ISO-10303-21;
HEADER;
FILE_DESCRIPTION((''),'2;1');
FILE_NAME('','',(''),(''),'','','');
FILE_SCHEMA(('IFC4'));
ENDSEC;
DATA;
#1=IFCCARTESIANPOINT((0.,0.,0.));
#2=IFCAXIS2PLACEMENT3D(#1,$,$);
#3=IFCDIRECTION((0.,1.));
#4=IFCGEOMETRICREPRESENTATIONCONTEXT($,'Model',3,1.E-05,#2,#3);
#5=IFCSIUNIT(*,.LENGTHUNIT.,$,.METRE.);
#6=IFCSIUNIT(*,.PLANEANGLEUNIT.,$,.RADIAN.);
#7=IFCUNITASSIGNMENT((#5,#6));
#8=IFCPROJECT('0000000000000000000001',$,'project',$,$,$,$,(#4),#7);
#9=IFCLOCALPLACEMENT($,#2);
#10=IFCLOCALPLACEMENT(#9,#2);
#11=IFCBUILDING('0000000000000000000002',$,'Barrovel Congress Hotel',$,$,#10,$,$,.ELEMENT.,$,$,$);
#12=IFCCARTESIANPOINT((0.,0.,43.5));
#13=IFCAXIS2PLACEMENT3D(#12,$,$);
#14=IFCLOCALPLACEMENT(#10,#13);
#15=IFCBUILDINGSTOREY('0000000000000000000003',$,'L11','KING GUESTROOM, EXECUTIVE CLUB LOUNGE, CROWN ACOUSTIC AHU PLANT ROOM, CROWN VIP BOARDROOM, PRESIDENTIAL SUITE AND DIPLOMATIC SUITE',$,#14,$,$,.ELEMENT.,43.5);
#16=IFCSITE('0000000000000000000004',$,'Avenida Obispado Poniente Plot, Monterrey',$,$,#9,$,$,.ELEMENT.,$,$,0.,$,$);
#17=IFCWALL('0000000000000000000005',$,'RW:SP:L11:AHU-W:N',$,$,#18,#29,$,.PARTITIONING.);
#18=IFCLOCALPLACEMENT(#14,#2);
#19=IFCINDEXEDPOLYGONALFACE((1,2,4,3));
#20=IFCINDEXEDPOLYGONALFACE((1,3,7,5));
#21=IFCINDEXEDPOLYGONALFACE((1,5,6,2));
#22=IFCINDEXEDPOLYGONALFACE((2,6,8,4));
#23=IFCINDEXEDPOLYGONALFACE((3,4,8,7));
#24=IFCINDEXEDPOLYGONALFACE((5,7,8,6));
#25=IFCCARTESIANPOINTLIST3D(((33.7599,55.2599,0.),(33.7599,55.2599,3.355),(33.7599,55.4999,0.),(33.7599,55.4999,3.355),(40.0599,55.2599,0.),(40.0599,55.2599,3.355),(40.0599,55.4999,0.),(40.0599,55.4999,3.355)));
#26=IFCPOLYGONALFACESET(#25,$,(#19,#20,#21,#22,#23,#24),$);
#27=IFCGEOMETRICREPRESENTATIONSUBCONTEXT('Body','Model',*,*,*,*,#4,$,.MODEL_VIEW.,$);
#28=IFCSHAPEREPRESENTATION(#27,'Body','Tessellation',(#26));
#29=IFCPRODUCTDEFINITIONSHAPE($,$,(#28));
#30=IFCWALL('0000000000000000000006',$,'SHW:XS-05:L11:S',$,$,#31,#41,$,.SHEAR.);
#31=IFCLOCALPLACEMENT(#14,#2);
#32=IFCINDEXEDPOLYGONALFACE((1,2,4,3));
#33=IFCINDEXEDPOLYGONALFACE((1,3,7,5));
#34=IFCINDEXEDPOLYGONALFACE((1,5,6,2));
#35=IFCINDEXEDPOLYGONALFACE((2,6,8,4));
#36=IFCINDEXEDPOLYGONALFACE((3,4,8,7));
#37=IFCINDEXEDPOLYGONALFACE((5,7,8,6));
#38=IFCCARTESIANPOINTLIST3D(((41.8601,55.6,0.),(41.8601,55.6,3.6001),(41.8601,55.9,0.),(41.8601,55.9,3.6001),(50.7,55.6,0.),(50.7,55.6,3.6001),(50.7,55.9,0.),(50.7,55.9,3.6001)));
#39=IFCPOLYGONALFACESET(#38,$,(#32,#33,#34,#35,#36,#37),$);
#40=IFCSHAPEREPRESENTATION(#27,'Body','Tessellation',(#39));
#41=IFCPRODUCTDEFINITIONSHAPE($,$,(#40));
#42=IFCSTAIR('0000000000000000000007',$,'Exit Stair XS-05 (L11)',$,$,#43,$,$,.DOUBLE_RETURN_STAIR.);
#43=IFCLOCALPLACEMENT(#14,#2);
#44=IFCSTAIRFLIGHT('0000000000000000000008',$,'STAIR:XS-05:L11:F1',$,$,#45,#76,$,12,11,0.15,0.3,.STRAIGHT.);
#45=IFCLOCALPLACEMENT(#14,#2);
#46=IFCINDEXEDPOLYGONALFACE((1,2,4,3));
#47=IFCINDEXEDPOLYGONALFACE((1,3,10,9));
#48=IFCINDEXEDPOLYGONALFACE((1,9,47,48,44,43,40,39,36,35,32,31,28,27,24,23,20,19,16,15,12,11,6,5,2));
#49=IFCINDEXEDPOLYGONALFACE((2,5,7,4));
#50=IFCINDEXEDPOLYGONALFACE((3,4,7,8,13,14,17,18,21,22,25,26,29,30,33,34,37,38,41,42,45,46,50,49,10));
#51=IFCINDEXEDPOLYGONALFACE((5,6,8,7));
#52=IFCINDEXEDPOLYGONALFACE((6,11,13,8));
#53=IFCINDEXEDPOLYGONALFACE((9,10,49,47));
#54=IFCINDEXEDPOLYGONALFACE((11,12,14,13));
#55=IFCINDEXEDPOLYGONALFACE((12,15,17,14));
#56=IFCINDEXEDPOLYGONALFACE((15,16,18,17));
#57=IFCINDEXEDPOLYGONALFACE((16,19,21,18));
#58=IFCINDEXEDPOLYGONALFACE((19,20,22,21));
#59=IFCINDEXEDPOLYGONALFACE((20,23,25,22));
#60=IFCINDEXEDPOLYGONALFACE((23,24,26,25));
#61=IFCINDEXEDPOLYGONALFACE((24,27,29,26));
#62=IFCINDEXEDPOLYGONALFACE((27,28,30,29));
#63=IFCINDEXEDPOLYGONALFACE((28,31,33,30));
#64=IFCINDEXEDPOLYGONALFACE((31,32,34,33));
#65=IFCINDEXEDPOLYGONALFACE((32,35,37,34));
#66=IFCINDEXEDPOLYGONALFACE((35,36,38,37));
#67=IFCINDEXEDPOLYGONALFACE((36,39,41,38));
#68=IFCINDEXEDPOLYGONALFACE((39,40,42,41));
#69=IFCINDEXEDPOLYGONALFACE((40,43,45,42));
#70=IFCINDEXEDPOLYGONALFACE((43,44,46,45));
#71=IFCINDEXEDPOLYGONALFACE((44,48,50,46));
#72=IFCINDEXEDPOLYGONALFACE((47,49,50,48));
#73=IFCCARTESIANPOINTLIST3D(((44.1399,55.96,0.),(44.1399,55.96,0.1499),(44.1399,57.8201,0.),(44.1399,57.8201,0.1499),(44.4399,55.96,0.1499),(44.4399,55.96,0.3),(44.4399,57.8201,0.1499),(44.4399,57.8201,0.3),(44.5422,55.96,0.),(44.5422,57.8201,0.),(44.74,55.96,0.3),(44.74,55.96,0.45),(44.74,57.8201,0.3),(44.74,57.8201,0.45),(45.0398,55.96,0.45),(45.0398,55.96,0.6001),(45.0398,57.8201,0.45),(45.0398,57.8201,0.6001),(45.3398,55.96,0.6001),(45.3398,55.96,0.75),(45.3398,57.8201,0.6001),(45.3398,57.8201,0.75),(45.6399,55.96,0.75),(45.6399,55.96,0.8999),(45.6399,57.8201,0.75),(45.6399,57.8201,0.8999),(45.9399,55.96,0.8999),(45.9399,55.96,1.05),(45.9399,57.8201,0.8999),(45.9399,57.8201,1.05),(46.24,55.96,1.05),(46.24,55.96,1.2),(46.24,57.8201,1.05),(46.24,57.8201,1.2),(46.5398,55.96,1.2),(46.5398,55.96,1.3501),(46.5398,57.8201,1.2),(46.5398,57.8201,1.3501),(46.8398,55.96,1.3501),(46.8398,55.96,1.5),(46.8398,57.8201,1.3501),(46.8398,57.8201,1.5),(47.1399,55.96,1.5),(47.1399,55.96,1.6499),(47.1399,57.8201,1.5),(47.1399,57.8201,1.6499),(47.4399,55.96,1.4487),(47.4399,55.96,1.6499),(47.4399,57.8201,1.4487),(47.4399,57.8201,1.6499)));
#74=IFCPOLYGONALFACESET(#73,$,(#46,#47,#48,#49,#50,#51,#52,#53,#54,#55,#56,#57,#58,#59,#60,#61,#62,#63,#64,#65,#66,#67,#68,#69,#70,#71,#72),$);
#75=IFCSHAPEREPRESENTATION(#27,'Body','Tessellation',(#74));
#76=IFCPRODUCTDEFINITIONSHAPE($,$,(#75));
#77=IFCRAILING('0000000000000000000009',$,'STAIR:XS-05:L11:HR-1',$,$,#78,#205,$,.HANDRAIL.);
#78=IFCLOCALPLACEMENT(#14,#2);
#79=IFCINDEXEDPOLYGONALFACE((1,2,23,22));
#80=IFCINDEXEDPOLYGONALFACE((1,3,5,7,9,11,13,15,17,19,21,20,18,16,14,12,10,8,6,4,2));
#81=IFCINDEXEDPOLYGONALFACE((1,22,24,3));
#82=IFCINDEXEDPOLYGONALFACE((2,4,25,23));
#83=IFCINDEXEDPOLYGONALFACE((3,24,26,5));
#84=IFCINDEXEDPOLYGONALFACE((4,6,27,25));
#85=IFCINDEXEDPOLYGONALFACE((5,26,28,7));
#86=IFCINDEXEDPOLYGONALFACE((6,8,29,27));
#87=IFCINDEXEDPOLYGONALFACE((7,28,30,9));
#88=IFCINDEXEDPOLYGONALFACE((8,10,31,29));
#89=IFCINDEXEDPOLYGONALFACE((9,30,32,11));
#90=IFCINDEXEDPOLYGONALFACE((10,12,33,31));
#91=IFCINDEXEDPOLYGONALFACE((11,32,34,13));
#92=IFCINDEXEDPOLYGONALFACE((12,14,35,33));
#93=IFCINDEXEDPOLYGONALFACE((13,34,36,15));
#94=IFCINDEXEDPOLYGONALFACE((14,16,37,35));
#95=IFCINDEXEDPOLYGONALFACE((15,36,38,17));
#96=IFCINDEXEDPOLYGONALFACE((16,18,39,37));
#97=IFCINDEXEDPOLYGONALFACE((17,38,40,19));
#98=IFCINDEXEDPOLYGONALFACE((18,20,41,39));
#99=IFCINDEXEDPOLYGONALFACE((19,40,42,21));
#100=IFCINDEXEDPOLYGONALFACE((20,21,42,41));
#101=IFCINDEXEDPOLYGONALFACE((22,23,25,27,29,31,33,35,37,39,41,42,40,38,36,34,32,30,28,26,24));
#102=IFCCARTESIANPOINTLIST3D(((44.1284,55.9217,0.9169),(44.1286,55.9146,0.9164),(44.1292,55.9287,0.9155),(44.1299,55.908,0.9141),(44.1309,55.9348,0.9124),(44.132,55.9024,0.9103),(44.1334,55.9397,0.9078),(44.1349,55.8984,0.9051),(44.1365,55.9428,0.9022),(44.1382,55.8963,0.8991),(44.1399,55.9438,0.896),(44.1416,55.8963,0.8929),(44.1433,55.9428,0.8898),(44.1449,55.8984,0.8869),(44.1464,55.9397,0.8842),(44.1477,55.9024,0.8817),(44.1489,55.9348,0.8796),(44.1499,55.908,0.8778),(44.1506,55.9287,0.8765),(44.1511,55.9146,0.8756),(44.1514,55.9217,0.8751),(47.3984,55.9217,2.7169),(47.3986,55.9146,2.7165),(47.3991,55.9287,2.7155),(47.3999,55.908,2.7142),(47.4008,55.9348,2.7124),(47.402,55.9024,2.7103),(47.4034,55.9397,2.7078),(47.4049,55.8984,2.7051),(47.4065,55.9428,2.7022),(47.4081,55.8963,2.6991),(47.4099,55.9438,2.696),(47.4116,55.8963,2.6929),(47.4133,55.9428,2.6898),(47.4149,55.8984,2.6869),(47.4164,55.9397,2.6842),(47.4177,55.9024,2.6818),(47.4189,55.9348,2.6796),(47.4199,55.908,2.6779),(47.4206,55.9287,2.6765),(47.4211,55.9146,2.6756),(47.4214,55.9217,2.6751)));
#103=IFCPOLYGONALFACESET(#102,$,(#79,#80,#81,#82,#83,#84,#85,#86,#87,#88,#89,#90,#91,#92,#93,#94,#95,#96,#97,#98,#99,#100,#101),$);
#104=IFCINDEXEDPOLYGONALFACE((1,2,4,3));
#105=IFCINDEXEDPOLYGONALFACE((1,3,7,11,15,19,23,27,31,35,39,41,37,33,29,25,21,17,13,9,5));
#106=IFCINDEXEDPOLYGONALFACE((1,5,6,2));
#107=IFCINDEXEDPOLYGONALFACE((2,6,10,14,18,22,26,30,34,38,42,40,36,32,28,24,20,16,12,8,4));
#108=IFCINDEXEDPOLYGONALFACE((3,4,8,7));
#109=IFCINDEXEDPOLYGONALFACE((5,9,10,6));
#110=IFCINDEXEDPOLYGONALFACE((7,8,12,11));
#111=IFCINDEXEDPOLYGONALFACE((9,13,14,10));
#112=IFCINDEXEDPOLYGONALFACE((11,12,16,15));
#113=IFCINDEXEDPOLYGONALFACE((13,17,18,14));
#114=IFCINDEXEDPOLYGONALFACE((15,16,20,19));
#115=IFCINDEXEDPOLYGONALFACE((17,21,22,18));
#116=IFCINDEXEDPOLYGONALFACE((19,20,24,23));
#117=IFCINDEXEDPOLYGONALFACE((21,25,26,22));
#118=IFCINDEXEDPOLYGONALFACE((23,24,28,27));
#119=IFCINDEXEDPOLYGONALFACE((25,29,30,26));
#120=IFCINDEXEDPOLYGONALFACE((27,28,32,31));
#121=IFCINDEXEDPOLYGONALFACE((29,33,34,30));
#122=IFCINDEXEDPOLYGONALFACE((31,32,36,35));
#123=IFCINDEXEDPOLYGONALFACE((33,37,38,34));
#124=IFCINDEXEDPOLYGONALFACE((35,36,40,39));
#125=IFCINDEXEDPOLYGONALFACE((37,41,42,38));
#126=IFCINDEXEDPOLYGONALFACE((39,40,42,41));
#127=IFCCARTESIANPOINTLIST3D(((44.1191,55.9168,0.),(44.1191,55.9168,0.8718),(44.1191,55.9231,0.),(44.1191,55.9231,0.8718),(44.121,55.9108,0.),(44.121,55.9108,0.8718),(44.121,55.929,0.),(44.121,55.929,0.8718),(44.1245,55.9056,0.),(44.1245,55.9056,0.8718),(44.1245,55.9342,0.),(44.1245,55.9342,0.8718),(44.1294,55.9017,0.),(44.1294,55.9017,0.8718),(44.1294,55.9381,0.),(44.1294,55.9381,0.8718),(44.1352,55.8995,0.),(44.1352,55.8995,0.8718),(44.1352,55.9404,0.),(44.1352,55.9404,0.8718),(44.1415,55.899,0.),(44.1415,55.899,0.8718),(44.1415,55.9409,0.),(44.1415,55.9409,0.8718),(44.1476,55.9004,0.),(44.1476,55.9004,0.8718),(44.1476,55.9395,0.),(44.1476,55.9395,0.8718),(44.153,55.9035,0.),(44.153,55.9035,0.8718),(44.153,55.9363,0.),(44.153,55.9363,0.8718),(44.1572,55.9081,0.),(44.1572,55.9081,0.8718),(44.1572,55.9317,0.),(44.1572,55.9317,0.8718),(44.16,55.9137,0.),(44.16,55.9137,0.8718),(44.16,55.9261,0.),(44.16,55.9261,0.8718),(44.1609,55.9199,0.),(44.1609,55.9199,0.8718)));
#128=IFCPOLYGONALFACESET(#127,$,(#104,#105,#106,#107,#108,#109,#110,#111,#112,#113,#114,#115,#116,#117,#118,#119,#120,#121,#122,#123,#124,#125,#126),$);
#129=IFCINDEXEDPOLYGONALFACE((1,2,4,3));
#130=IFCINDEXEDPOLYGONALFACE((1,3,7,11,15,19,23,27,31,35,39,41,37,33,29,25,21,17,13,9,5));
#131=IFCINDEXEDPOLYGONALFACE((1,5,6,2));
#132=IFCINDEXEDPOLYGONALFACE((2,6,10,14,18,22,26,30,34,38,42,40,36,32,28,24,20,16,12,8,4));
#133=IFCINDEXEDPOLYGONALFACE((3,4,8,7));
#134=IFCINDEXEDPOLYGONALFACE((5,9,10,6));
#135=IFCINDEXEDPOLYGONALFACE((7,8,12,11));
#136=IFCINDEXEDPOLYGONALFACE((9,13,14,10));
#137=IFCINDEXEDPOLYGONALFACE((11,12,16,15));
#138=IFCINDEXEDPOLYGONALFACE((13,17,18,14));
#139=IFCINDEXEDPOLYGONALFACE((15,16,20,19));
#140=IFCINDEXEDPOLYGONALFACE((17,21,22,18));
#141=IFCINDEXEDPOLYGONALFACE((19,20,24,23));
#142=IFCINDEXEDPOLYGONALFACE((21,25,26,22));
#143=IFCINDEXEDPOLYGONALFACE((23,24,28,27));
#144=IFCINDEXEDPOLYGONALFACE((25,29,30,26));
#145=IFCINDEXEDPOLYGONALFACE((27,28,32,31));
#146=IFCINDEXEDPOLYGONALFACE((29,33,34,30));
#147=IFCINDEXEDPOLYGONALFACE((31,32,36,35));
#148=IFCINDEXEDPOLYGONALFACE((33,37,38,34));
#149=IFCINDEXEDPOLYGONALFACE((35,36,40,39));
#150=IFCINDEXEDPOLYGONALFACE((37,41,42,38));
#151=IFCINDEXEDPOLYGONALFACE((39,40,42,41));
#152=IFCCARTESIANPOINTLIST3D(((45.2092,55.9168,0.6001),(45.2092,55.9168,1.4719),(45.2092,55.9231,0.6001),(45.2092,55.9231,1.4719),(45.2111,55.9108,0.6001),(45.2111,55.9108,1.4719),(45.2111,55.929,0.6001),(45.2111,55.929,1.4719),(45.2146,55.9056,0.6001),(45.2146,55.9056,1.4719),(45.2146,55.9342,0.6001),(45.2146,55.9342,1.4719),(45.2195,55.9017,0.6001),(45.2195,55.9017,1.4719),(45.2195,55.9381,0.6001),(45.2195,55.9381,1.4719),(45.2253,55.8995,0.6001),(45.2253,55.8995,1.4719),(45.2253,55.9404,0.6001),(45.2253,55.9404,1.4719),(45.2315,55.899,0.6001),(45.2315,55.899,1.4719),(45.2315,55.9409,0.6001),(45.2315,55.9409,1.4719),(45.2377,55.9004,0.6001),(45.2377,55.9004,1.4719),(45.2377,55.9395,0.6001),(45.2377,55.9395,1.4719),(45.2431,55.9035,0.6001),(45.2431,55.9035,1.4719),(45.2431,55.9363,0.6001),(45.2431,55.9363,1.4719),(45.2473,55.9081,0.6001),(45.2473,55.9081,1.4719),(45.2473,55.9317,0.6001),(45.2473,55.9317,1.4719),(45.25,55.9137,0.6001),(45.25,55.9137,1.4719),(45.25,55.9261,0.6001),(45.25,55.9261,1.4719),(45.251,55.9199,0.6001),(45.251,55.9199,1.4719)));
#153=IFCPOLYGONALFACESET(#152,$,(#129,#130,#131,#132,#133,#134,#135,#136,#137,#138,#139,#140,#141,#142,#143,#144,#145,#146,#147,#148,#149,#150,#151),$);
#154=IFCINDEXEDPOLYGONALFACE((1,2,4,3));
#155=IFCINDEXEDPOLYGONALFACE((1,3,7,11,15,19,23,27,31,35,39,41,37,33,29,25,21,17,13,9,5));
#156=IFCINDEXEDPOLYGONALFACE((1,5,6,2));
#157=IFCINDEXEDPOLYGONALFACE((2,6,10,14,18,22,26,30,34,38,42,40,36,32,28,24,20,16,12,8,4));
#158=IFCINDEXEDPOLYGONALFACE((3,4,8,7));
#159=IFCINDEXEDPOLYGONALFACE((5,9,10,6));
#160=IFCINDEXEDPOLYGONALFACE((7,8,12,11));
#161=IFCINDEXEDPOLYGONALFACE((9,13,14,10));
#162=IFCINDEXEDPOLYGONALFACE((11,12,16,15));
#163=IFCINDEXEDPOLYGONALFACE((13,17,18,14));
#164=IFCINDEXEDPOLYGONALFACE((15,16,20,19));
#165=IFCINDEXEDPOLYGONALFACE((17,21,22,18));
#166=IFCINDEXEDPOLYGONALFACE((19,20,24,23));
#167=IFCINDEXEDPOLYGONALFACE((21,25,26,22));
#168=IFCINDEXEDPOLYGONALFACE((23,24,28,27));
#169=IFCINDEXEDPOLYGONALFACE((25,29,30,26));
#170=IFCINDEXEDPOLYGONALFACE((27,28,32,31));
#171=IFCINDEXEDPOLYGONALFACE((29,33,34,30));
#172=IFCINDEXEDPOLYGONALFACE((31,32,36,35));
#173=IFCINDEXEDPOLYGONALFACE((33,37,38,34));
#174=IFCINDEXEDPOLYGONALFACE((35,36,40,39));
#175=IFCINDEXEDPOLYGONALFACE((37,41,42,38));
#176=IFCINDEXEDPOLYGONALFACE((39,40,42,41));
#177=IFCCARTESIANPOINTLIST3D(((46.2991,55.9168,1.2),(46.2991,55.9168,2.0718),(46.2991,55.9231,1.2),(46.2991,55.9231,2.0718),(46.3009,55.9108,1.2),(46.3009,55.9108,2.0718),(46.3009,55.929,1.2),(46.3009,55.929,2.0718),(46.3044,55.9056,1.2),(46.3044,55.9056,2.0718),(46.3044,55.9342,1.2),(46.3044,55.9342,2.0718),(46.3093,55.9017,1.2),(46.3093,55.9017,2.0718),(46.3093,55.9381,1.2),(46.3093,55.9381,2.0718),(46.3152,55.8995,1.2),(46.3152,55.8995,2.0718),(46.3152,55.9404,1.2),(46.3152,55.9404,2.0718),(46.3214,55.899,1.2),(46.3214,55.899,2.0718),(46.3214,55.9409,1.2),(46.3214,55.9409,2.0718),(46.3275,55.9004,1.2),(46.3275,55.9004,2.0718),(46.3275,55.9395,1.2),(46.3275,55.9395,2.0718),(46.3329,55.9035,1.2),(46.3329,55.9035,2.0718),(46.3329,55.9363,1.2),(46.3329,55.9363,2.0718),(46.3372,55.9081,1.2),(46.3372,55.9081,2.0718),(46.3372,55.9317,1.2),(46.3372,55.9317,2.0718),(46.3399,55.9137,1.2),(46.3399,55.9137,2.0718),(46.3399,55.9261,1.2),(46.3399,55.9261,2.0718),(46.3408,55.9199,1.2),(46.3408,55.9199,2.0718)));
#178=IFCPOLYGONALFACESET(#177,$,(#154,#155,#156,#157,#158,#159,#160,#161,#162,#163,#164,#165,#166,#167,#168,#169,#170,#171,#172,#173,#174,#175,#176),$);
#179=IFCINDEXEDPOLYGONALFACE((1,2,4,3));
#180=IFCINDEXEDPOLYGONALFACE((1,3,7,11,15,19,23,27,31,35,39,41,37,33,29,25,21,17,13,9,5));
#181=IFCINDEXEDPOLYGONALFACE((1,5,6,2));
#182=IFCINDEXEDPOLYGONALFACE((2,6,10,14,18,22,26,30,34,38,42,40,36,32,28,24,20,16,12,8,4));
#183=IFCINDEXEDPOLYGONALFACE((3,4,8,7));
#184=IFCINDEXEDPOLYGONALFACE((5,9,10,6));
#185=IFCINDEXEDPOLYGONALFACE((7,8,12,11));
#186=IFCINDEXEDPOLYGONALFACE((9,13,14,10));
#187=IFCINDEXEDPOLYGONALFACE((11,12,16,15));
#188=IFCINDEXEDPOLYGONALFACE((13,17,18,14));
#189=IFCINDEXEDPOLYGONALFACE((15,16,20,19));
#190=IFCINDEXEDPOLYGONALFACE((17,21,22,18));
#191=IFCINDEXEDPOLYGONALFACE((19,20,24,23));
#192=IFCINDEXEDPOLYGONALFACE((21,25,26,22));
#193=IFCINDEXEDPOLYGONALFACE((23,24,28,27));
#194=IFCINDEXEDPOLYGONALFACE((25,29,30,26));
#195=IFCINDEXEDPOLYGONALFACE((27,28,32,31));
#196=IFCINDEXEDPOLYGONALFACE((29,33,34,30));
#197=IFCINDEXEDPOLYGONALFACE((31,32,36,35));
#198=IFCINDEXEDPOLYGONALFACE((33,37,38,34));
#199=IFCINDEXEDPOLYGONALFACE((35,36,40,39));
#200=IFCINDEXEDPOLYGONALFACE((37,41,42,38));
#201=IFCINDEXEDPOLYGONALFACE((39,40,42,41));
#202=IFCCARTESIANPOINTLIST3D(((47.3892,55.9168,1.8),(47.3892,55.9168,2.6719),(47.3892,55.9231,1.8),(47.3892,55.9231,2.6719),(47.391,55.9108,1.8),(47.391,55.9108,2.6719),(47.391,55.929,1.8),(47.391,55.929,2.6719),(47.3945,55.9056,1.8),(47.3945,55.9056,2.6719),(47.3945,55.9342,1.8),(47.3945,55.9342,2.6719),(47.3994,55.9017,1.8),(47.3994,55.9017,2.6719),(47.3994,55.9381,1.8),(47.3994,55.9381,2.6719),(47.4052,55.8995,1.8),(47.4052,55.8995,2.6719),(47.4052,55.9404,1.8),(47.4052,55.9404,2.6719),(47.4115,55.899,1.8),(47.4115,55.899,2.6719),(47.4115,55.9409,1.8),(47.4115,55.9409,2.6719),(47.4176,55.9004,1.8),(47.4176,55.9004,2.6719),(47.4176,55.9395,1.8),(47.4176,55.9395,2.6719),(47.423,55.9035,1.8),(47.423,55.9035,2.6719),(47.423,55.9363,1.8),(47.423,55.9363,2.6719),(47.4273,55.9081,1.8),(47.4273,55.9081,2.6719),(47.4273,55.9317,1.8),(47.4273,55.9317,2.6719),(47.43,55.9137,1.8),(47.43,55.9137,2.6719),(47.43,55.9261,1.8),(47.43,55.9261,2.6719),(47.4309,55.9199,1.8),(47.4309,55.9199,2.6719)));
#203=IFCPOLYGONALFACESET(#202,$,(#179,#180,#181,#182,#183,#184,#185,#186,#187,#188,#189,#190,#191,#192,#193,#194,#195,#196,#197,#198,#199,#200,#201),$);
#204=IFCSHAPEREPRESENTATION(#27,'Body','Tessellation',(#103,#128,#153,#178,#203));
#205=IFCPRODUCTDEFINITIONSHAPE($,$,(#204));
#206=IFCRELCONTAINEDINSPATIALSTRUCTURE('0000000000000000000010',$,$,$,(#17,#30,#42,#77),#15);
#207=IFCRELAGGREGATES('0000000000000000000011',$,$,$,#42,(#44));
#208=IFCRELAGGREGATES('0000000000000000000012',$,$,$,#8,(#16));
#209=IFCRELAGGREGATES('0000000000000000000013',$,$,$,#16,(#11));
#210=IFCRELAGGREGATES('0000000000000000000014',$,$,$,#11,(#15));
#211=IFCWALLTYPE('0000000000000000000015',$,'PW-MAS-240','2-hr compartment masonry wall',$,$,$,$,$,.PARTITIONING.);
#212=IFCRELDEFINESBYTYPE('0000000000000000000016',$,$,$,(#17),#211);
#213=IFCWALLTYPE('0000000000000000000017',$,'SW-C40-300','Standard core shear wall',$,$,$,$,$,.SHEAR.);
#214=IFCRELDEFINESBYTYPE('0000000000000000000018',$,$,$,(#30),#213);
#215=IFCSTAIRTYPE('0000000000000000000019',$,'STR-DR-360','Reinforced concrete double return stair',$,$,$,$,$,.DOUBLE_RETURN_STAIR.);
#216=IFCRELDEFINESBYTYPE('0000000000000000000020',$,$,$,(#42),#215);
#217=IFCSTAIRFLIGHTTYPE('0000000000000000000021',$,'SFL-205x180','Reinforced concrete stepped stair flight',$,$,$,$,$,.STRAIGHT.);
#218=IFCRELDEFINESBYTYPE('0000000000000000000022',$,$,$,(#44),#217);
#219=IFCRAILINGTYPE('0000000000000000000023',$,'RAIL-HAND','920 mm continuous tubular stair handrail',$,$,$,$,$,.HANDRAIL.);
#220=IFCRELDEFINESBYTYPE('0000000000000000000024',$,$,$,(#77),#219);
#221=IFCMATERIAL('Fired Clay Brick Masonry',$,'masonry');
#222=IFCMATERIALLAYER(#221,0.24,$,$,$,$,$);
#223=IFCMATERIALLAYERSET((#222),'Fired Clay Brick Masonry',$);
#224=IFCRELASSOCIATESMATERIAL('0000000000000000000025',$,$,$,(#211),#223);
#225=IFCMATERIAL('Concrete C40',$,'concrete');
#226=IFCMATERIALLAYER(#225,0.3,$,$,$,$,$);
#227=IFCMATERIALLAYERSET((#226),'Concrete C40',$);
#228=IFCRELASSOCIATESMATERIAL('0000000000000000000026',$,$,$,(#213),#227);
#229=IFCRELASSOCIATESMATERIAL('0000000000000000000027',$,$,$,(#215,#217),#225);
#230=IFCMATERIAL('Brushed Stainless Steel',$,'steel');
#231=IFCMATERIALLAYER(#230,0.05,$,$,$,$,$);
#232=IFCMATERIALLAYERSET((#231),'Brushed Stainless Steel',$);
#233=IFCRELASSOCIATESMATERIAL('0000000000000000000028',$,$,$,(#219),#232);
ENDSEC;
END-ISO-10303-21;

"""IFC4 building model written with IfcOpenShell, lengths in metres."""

from ifc_helpers import new_model, si_unit, direction, frame, frame_2d, origin, origin_2d, place, context, subcontext, project, spatial, polyline, rectangle, circle, outline, extrude, material, layer, layer_set, type_object, element, aggregate, save


model = new_model("IFC4")

# Units and contexts
model_context = context("Model", 3, precision=1e-05, world=origin(), true_north=direction((0.0, 1.0)))
body_context = subcontext(model_context, "Body", "Model", "MODEL_VIEW")
ifc_project = project(units=[si_unit("LENGTHUNIT", "METRE"), si_unit("PLANEANGLEUNIT", "RADIAN")], contexts=[model_context])

# Site, building, storey
site_placement = place(None, origin())
site = spatial("IfcSite", under=ifc_project, at=site_placement, Name="Avenida Obispado Poniente Plot, Monterrey", CompositionType="ELEMENT", RefElevation=0.0)
building_placement = place(site_placement, origin())
building = spatial("IfcBuilding", under=site, at=building_placement, Name="Barrovel Congress Hotel", CompositionType="ELEMENT")
storey_placement = place(building_placement, frame((0.0, 0.0, 43.5)))
storey = spatial("IfcBuildingStorey", under=building, at=storey_placement, Name="L11", Description="KING GUESTROOM, EXECUTIVE CLUB LOUNGE, CROWN ACOUSTIC AHU PLANT ROOM, CROWN VIP BOARDROOM, PRESIDENTIAL SUITE AND DIPLOMATIC SUITE", CompositionType="ELEMENT", Elevation=43.5)

# Shared definitions
ifc_material_1 = material(Name="Concrete C40", Category="concrete")

# Shared definitions
ifc_material_2 = material(Name="Fired Clay Brick Masonry", Category="masonry")

# Walls
ifc_layer_1 = layer(ifc_material_2, 0.24)
ifc_layer_set_1 = layer_set([ifc_layer_1], Name="Fired Clay Brick Masonry")
wall_type_1 = type_object("IfcWallType", Name="PW-MAS-240", Description="2-hr compartment masonry wall", PredefinedType="PARTITIONING", material=ifc_layer_set_1)
wall_1_placement = place(storey_placement, frame((33.76, 55.3799, 0.0), z_axis=(0.0, 0.0, 1.0), x_axis=(1.0, 0.0, 0.0)))
element("IfcWall", 1, at=wall_1_placement, inside=storey, type_object=wall_type_1, Name="RW:SP:L11:AHU-W:N", PredefinedType="PARTITIONING", context=body_context, shape_type="SweptSolid", body=[
    extrude(rectangle(XDim=6.3, YDim=0.24, at=frame_2d((3.1499, 0.0))), origin(), (0.0, 0.0, 1.0), 3.355),
])
ifc_layer_2 = layer(ifc_material_1, 0.3)
ifc_layer_set_2 = layer_set([ifc_layer_2], Name="Concrete C40")
wall_type_2 = type_object("IfcWallType", Name="SW-C40-300", Description="Standard core shear wall", PredefinedType="SHEAR", material=ifc_layer_set_2)
wall_2_placement = place(storey_placement, frame((41.8601, 55.75, 0.0), z_axis=(0.0, 0.0, 1.0), x_axis=(1.0, 0.0, 0.0)))
element("IfcWall", 2, at=wall_2_placement, inside=storey, type_object=wall_type_2, Name="SHW:XS-05:L11:S", PredefinedType="SHEAR", context=body_context, shape_type="SweptSolid", body=[
    extrude(rectangle(XDim=8.8398, YDim=0.3, at=frame_2d((4.4199, 0.0))), origin(), (0.0, 0.0, 1.0), 3.6001),
])

# Stair, stair flight
stair_type = type_object("IfcStairType", Name="STR-DR-360", Description="Reinforced concrete double return stair", PredefinedType="DOUBLE_RETURN_STAIR", material=ifc_material_1)
stair_placement = place(storey_placement, origin())
stair = element("IfcStair", 3, at=stair_placement, inside=storey, type_object=stair_type, Name="Exit Stair XS-05 (L11)", PredefinedType="DOUBLE_RETURN_STAIR")
stair_flight_type = type_object("IfcStairFlightType", Name="SFL-205x180", Description="Reinforced concrete stepped stair flight", PredefinedType="STRAIGHT", material=ifc_material_1)
stair_flight_placement = place(storey_placement, frame((44.1399, 56.8899, 0.0), z_axis=(0.0, 0.0, 1.0), x_axis=(1.0, 0.0, 0.0)))
stair_flight = element("IfcStairFlight", 4, at=stair_flight_placement, type_object=stair_flight_type, Name="STAIR:XS-05:L11:F1", NumberOfRisers=12, NumberOfTreads=11, PredefinedType="STRAIGHT", RiserHeight=0.15, TreadLength=0.3, context=body_context, shape_type="SweptSolid", body=[
    extrude(outline(polyline([(0.0, 0.0), (0.0, 0.1499), (0.3, 0.1499), (0.3, 0.3), (0.6001, 0.3), (0.6001, 0.45), (0.8999, 0.45), (0.8999, 0.6001), (1.2, 0.6001), (1.2, 0.75), (1.5, 0.75), (1.5, 0.8999), (1.8, 0.8999), (1.8, 1.05), (2.1001, 1.05), (2.1001, 1.2), (2.3999, 1.2), (2.3999, 1.3501), (2.7, 1.3501), (2.7, 1.5), (3.0, 1.5), (3.0, 1.6499), (3.3, 1.6499), (3.3, 1.8), (3.3, 1.4487), (0.4023, 0.0), (0.0, 0.0)])), frame((0.0, 0.9302, 0.0), z_axis=(0.0, -1.0, 0.0), x_axis=(1.0, 0.0, 0.0)), (0.0, 0.0, 1.0), 1.8601),
])
aggregate(stair, [stair_flight])

# Railing
ifc_material_3 = material(Name="Brushed Stainless Steel", Category="steel")
ifc_layer_3 = layer(ifc_material_3, 0.05)
ifc_layer_set_3 = layer_set([ifc_layer_3], Name="Brushed Stainless Steel")
railing_type_1 = type_object("IfcRailingType", Name="RAIL-HAND", Description="920 mm continuous tubular stair handrail", PredefinedType="HANDRAIL", material=ifc_layer_set_3)
railing_1_placement = place(storey_placement, frame((44.1399, 55.9199, 0.0)))
element("IfcRailing", 5, at=railing_1_placement, inside=storey, type_object=railing_type_1, Name="STAIR:XS-05:L11:HR-1", PredefinedType="HANDRAIL", context=body_context, shape_type="SweptSolid", body=[
    extrude(circle(Radius=0.0239, at=origin_2d()), frame((0.0, 0.0, 0.896), z_axis=(0.876042, 0.0, 0.482235), x_axis=(0.0, 1.0, 0.0)), (0.0, 0.0, 1.0), 3.7327),
    extrude(circle(Radius=0.021, at=origin_2d()), origin(), (0.0, 0.0, 1.0), 0.8718),
    extrude(circle(Radius=0.021, at=origin_2d()), frame((1.0901, 0.0, 0.6001)), (0.0, 0.0, 1.0), 0.8718),
    extrude(circle(Radius=0.021, at=origin_2d()), frame((2.1799, 0.0, 1.2)), (0.0, 0.0, 1.0), 0.8718),
    extrude(circle(Radius=0.021, at=origin_2d()), frame((3.27, 0.0, 1.8)), (0.0, 0.0, 1.0), 0.8718),
])

save(model, "model.ifc")
